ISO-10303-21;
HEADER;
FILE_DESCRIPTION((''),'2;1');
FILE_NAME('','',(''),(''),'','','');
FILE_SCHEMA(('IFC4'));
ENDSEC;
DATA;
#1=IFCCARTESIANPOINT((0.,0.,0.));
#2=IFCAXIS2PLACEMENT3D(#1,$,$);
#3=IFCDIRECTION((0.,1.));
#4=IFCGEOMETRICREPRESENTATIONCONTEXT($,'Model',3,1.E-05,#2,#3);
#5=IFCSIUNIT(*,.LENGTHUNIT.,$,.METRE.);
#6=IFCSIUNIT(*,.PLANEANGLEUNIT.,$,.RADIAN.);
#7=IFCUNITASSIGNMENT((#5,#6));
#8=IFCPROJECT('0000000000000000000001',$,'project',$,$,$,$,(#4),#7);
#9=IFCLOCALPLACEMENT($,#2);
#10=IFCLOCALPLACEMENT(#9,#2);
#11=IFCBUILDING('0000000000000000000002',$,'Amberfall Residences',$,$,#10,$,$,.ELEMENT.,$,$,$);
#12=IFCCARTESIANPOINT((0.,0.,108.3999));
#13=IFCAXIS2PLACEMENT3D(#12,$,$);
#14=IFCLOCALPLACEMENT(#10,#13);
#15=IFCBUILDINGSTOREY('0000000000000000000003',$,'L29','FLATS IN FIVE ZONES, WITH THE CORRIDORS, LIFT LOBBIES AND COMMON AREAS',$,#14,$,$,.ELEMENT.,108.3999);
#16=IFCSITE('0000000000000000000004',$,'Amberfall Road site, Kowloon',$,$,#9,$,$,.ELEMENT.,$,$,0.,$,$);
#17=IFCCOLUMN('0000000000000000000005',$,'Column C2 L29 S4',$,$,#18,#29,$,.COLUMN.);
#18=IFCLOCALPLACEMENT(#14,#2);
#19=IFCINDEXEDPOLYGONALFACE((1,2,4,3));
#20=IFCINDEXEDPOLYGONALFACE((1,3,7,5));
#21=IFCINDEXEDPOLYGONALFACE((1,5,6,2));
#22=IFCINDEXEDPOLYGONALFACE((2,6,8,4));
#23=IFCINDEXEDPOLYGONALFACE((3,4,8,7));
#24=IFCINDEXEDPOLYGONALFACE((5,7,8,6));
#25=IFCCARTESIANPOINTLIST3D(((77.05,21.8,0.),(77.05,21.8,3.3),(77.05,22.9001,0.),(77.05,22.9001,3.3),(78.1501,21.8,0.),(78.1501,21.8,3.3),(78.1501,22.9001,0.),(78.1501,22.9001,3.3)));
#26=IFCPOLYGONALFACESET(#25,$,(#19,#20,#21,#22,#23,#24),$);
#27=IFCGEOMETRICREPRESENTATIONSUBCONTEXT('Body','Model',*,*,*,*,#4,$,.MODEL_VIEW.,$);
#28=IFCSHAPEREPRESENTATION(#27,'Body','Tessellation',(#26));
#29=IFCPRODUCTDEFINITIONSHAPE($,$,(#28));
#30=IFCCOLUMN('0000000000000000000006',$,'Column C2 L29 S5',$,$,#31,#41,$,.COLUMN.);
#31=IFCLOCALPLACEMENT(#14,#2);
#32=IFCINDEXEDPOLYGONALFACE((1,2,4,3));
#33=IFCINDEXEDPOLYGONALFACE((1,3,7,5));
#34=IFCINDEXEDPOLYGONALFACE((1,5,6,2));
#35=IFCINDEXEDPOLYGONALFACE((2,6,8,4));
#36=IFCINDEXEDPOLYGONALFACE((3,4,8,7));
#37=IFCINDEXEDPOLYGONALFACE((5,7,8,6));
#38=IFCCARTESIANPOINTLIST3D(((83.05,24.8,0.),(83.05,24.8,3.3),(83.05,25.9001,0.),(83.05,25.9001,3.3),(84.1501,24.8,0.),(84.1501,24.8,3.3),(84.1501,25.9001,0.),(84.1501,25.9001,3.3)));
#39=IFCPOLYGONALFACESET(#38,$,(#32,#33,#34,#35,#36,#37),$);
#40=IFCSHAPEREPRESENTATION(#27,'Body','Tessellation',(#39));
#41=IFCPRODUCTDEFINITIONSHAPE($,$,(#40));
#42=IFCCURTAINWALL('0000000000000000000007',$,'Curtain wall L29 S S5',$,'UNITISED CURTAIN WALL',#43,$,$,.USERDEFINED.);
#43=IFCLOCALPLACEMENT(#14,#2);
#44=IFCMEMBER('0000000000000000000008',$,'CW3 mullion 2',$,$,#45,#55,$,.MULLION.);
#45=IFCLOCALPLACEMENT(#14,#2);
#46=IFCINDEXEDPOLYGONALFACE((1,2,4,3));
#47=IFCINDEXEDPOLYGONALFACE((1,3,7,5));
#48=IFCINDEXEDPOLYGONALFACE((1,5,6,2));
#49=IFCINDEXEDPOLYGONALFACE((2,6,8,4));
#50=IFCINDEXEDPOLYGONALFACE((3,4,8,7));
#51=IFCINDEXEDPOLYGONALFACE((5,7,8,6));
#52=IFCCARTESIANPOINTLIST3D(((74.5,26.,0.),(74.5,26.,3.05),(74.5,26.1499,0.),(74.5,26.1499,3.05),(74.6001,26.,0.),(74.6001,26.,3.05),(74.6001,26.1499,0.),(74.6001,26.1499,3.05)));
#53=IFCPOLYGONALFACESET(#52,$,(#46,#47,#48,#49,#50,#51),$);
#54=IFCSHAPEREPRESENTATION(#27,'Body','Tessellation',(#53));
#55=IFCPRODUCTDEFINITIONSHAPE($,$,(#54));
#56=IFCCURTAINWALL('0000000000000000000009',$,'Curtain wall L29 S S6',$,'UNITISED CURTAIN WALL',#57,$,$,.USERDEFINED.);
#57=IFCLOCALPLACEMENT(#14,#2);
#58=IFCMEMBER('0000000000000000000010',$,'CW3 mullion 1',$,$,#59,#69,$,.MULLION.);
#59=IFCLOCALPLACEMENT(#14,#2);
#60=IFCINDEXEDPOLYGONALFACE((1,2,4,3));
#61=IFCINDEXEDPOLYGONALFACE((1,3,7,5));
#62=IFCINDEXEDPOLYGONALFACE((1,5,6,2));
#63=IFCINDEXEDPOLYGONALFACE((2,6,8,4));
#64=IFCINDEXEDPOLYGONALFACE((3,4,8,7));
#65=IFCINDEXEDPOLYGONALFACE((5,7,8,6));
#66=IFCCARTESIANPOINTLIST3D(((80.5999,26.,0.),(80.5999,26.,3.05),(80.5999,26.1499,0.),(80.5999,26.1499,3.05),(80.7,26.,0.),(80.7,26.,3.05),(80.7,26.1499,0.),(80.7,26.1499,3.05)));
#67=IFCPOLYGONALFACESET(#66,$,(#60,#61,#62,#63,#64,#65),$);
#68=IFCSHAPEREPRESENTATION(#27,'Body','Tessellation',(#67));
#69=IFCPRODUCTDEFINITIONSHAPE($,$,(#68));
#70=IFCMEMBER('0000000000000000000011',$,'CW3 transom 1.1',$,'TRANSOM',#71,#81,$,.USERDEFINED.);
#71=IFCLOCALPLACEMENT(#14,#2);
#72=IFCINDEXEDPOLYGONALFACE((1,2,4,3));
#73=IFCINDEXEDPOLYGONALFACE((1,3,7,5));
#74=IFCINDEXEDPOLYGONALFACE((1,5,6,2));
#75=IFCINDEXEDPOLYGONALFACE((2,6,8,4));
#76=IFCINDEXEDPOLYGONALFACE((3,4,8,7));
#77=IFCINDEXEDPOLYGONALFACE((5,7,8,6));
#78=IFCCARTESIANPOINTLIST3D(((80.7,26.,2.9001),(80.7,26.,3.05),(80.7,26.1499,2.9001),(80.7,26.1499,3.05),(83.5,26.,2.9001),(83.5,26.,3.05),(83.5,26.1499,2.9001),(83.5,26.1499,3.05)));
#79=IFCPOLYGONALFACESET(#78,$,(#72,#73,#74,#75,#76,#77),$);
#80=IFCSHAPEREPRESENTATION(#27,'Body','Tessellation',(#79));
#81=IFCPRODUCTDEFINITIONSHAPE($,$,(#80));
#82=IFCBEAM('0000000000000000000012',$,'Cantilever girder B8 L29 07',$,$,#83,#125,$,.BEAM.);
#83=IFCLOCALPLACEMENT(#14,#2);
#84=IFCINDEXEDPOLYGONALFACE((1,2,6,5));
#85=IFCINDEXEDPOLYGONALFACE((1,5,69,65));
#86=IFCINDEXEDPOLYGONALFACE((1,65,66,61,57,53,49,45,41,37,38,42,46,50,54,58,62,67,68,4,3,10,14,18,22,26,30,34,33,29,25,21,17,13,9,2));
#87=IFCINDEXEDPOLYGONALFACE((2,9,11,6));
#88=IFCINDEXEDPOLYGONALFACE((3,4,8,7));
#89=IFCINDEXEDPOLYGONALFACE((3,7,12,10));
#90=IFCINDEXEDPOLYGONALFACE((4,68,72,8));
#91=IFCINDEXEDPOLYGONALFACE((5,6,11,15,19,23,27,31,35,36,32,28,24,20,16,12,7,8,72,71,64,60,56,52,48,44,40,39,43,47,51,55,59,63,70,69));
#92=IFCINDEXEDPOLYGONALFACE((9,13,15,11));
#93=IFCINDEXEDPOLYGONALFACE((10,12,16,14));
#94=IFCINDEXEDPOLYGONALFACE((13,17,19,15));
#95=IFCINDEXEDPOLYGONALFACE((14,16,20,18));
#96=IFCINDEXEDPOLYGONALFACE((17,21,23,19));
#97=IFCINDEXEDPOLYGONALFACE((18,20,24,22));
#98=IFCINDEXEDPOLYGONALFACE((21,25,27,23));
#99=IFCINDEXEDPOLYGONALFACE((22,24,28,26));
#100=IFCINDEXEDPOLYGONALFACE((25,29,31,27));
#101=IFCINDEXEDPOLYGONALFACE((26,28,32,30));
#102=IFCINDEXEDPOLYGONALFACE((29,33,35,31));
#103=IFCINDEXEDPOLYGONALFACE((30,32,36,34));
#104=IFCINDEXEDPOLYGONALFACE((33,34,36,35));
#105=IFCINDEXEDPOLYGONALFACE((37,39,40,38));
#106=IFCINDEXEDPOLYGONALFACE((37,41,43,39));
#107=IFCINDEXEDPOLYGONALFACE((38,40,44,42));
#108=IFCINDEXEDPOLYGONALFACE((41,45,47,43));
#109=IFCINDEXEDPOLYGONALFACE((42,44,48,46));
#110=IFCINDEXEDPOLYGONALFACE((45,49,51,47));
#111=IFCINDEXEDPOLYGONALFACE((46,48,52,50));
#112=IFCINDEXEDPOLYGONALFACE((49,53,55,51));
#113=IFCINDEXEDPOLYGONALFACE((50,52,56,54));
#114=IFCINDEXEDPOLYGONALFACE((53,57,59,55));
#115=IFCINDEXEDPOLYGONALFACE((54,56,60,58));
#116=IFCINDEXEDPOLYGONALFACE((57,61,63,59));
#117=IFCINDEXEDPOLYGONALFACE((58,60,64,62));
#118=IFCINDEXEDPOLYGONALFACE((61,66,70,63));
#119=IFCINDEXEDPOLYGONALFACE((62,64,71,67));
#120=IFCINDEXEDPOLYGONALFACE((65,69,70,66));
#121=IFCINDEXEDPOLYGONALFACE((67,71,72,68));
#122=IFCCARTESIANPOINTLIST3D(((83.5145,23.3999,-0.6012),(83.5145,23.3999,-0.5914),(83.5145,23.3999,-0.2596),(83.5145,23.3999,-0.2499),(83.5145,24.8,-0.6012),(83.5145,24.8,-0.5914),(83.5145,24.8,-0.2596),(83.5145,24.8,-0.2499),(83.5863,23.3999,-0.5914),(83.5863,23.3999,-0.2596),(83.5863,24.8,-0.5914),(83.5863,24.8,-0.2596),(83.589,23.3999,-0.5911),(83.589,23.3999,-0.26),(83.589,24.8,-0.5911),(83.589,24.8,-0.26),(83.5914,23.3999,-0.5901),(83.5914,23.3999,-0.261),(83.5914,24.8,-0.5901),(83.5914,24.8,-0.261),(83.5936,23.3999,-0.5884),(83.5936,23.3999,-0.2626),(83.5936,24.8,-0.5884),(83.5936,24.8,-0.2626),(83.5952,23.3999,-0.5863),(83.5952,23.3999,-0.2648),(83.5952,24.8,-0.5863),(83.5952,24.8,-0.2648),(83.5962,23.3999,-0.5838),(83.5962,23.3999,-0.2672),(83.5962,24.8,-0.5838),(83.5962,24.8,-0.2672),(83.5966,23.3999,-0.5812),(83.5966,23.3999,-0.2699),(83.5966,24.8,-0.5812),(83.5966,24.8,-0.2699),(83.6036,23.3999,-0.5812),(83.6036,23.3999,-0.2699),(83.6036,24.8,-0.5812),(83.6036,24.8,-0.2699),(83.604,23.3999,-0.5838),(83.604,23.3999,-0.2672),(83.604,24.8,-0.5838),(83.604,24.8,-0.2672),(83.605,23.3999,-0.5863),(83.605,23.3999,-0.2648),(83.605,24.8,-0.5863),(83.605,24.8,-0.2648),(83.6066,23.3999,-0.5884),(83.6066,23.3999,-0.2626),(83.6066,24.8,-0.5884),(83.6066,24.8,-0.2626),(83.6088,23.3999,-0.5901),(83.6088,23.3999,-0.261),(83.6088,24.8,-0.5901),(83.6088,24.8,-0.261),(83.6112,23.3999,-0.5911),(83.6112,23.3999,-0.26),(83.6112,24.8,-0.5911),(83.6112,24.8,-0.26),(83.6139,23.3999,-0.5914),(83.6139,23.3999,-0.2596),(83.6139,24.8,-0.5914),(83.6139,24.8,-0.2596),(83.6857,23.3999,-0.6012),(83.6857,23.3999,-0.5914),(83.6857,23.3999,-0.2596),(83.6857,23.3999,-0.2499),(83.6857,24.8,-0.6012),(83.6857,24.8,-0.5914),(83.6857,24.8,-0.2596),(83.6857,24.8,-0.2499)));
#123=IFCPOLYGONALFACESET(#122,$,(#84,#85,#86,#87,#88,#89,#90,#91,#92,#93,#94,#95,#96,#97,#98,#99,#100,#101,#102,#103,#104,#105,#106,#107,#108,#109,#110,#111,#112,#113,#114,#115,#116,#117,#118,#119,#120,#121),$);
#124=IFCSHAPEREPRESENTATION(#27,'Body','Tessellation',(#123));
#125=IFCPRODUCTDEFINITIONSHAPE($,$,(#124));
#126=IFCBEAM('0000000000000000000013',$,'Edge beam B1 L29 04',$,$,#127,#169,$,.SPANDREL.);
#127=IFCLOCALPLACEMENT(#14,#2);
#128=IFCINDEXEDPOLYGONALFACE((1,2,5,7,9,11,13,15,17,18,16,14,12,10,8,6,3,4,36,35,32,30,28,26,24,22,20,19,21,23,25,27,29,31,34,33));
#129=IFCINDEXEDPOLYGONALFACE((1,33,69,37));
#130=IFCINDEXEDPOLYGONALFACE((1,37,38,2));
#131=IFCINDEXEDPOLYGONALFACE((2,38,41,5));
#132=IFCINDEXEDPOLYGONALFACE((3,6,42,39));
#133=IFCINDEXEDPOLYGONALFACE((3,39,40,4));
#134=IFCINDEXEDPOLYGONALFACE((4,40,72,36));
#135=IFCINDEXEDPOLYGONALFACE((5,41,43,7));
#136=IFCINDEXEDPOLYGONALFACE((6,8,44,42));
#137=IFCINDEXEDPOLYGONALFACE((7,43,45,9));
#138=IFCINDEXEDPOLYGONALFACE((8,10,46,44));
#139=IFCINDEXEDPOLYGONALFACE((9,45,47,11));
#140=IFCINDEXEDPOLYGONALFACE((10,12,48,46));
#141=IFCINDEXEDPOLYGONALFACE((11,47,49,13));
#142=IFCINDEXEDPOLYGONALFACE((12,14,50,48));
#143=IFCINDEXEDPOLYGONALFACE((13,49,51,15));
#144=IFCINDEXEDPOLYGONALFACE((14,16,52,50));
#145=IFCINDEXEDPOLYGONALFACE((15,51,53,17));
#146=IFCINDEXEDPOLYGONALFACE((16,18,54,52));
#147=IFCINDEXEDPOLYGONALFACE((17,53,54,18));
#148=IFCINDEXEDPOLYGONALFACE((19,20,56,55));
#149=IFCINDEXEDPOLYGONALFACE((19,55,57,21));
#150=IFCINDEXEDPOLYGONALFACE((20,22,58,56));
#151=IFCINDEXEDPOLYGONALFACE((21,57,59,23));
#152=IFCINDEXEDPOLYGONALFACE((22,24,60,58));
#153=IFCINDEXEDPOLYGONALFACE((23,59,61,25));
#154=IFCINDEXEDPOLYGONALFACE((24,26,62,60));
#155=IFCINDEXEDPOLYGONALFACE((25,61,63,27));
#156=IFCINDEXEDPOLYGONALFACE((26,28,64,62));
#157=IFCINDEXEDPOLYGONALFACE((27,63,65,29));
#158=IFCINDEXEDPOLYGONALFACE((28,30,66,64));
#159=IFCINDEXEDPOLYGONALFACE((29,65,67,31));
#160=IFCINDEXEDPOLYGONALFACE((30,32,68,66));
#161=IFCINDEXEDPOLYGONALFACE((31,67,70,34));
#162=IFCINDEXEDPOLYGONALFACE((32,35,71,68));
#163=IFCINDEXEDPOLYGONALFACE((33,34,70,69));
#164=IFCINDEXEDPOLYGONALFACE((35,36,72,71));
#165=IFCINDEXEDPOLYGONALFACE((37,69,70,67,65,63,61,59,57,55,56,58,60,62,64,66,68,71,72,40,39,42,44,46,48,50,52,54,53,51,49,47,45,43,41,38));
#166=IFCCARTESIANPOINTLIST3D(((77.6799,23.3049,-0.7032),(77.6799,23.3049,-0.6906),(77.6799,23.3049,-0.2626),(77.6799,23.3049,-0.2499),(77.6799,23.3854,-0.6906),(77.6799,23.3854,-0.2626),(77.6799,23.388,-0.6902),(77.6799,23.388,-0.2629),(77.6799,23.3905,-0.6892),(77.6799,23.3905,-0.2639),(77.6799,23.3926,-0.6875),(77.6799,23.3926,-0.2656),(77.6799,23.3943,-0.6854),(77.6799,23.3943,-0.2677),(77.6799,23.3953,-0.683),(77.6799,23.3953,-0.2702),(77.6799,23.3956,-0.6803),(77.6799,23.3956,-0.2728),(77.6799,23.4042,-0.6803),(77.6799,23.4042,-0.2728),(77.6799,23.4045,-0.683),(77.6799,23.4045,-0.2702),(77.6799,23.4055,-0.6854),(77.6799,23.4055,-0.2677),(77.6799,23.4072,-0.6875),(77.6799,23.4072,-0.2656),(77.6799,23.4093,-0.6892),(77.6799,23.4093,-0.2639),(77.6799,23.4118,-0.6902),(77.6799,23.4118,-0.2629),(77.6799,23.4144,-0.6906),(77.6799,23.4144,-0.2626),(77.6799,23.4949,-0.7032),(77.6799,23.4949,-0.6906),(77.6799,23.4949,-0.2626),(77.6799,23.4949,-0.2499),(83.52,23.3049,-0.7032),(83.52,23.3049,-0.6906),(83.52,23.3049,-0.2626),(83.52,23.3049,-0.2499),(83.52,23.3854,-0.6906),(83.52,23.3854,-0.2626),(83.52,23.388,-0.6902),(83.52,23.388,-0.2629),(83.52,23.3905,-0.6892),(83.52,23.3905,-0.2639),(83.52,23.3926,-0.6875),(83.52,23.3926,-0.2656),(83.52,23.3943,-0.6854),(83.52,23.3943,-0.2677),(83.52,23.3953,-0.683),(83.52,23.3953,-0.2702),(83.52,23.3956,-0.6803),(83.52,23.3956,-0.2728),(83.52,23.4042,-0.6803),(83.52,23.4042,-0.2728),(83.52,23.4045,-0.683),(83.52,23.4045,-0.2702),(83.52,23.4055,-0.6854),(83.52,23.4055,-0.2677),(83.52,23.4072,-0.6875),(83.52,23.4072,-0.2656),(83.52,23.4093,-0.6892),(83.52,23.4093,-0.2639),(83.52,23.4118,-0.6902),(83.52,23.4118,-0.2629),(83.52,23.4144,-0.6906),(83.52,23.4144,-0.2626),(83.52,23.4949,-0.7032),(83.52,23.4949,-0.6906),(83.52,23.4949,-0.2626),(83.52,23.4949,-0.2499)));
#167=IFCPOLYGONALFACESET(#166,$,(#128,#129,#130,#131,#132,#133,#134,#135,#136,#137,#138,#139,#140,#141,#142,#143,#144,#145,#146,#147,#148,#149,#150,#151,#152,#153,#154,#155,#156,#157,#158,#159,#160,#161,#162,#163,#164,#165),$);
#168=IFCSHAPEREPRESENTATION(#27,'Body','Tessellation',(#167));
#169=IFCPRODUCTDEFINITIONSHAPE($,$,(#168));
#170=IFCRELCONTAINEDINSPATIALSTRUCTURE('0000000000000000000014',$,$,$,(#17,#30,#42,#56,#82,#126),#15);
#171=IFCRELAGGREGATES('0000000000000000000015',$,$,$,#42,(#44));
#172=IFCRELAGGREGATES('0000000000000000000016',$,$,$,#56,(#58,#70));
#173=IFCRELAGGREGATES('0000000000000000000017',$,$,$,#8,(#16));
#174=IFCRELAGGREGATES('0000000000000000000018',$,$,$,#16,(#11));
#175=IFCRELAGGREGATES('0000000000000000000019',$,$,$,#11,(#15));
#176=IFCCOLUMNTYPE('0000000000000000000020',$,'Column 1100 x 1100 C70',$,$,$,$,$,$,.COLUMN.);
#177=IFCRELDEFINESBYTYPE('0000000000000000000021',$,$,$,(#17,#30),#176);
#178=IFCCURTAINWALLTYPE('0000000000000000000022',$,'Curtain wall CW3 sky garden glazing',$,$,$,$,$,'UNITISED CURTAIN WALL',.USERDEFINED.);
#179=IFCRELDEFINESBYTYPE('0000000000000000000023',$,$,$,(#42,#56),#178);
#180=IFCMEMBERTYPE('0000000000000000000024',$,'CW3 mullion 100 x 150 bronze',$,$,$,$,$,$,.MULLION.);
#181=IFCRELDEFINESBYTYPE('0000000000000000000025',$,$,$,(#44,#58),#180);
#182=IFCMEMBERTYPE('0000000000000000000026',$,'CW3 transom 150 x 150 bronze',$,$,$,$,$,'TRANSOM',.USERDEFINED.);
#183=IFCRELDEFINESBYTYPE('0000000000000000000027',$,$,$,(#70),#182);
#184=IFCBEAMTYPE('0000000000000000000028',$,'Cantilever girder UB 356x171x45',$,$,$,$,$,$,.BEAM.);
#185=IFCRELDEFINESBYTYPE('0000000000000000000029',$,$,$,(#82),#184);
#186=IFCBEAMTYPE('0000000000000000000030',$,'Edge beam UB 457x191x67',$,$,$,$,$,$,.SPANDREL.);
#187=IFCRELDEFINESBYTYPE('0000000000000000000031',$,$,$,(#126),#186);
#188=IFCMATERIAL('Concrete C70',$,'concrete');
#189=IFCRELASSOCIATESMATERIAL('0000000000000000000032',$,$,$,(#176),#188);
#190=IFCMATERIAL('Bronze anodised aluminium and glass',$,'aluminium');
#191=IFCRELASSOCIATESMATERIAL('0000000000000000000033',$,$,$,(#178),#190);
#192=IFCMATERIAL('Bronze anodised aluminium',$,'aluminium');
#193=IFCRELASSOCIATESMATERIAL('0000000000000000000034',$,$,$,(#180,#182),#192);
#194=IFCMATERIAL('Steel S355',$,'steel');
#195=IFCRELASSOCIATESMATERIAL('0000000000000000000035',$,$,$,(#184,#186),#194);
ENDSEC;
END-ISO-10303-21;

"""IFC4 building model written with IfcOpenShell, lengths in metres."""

from ifc_helpers import new_model, si_unit, direction, frame, origin, origin_2d, place, context, subcontext, project, spatial, rectangle, i_section, extrude, material, material_profile, profile_set, type_object, element, aggregate, save


model = new_model("IFC4")

# Units and contexts
model_context = context("Model", 3, precision=1e-05, world=origin(), true_north=direction((0.0, 1.0)))
body_context = subcontext(model_context, "Body", "Model", "MODEL_VIEW")
ifc_project = project(units=[si_unit("LENGTHUNIT", "METRE"), si_unit("PLANEANGLEUNIT", "RADIAN")], contexts=[model_context])

# Site, building, storey
site_placement = place(None, origin())
site = spatial("IfcSite", under=ifc_project, at=site_placement, Name="Amberfall Road site, Kowloon", CompositionType="ELEMENT", RefElevation=0.0)
building_placement = place(site_placement, origin())
building = spatial("IfcBuilding", under=site, at=building_placement, Name="Amberfall Residences", CompositionType="ELEMENT")
storey_placement = place(building_placement, frame((0.0, 0.0, 108.3999)))
storey = spatial("IfcBuildingStorey", under=building, at=storey_placement, Name="L29", Description="FLATS IN FIVE ZONES, WITH THE CORRIDORS, LIFT LOBBIES AND COMMON AREAS", CompositionType="ELEMENT", Elevation=108.3999)

# Columns
ifc_material_1 = material(Name="Concrete C70", Category="concrete")
ifc_material_profile_1 = material_profile(ifc_material_1, rectangle(XDim=1.1001, YDim=1.1001, at=origin_2d()), Name="Column 1100 x 1100 C70")
ifc_profile_set_1 = profile_set([ifc_material_profile_1], Name="Concrete C70")
column_type = type_object("IfcColumnType", Name="Column 1100 x 1100 C70", PredefinedType="COLUMN", material=ifc_profile_set_1)
for number, where, z_axis, x_axis, name in (
    (1, (77.6001, 22.3501, 0.0), (0.0, 0.0, 1.0), (1.0, 0.0, 0.0), "Column C2 L29 S4"),
    (2, (83.6001, 25.3501, 0.0), (0.0, 0.0, 1.0), (1.0, 0.0, 0.0), "Column C2 L29 S5"),
):
    element("IfcColumn", number, at=place(storey_placement, frame(where, z_axis=z_axis, x_axis=x_axis)), inside=storey, type_object=column_type, Name=name, PredefinedType="COLUMN", context=body_context, shape_type="SweptSolid", body=[
        extrude(rectangle(XDim=1.1001, YDim=1.1001, at=origin_2d()), origin(), (0.0, 0.0, 1.0), 3.3),
    ])

# Curtain wall, member
ifc_material_2 = material(Name="Bronze anodised aluminium and glass", Category="aluminium")
curtain_wall_type = type_object("IfcCurtainWallType", Name="Curtain wall CW3 sky garden glazing", ElementType="UNITISED CURTAIN WALL", PredefinedType="USERDEFINED", material=ifc_material_2)
curtain_wall_1_placement = place(storey_placement, origin())
curtain_wall_1 = element("IfcCurtainWall", 3, at=curtain_wall_1_placement, inside=storey, type_object=curtain_wall_type, Name="Curtain wall L29 S S5", ObjectType="UNITISED CURTAIN WALL", PredefinedType="USERDEFINED")
ifc_material_3 = material(Name="Bronze anodised aluminium", Category="aluminium")
ifc_material_profile_2 = material_profile(ifc_material_3, rectangle(XDim=0.1499, YDim=0.1001, at=origin_2d()), Name="CW3 mullion 100 x 150 bronze")
ifc_profile_set_2 = profile_set([ifc_material_profile_2], Name="Bronze anodised aluminium")
member_type_1 = type_object("IfcMemberType", Name="CW3 mullion 100 x 150 bronze", PredefinedType="MULLION", material=ifc_profile_set_2)
member_1_placement = place(storey_placement, frame((74.55, 26.075, 0.0), z_axis=(0.0, 0.0, 1.0), x_axis=(0.0, 1.0, 0.0)))
member_1 = element("IfcMember", 4, at=member_1_placement, type_object=member_type_1, Name="CW3 mullion 2", PredefinedType="MULLION", context=body_context, shape_type="SweptSolid", body=[
    extrude(rectangle(XDim=0.1499, YDim=0.1001, at=origin_2d()), origin(), (0.0, 0.0, 1.0), 3.05),
])
aggregate(curtain_wall_1, [member_1])

# Curtain wall, members
curtain_wall_2_placement = place(storey_placement, origin())
curtain_wall_2 = element("IfcCurtainWall", 5, at=curtain_wall_2_placement, inside=storey, type_object=curtain_wall_type, Name="Curtain wall L29 S S6", ObjectType="UNITISED CURTAIN WALL", PredefinedType="USERDEFINED")
member_2_placement = place(storey_placement, frame((80.6499, 26.075, 0.0), z_axis=(0.0, 0.0, 1.0), x_axis=(0.0, 1.0, 0.0)))
member_2 = element("IfcMember", 6, at=member_2_placement, type_object=member_type_1, Name="CW3 mullion 1", PredefinedType="MULLION", context=body_context, shape_type="SweptSolid", body=[
    extrude(rectangle(XDim=0.1499, YDim=0.1001, at=origin_2d()), origin(), (0.0, 0.0, 1.0), 3.05),
])
ifc_material_profile_3 = material_profile(ifc_material_3, rectangle(XDim=0.1499, YDim=0.1499, at=origin_2d()), Name="CW3 transom 150 x 150 bronze")
ifc_profile_set_3 = profile_set([ifc_material_profile_3], Name="Bronze anodised aluminium")
member_type_2 = type_object("IfcMemberType", Name="CW3 transom 150 x 150 bronze", ElementType="TRANSOM", PredefinedType="USERDEFINED", material=ifc_profile_set_3)
member_3_placement = place(storey_placement, frame((80.7, 26.075, 2.9751), z_axis=(1.0, 0.0, 0.0), x_axis=(0.0, 1.0, 0.0)))
member_3 = element("IfcMember", 7, at=member_3_placement, type_object=member_type_2, Name="CW3 transom 1.1", ObjectType="TRANSOM", PredefinedType="USERDEFINED", context=body_context, shape_type="SweptSolid", body=[
    extrude(rectangle(XDim=0.1499, YDim=0.1499, at=origin_2d()), origin(), (0.0, 0.0, 1.0), 2.8),
])
aggregate(curtain_wall_2, [member_2, member_3])

# Beams
ifc_material_4 = material(Name="Steel S355", Category="steel")
ifc_material_profile_4 = material_profile(ifc_material_4, i_section(OverallWidth=0.1711, OverallDepth=0.3513, WebThickness=0.0071, FlangeThickness=0.0098, FilletRadius=0.0103, at=origin_2d()), Name="UB 356x171x45")
ifc_profile_set_4 = profile_set([ifc_material_profile_4], Name="Steel S355")
beam_type_1 = type_object("IfcBeamType", Name="Cantilever girder UB 356x171x45", PredefinedType="BEAM", material=ifc_profile_set_4)
beam_1_placement = place(storey_placement, frame((83.6001, 24.8, -0.4255), z_axis=(0.0, -1.0, 0.0), x_axis=(1.0, 0.0, 0.0)))
element("IfcBeam", 8, at=beam_1_placement, inside=storey, type_object=beam_type_1, Name="Cantilever girder B8 L29 07", PredefinedType="BEAM", context=body_context, shape_type="SweptSolid", body=[
    extrude(i_section(OverallWidth=0.1711, OverallDepth=0.3513, WebThickness=0.0071, FlangeThickness=0.0098, FilletRadius=0.0103, at=origin_2d()), origin(), (0.0, 0.0, 1.0), 1.4001),
])
ifc_material_profile_5 = material_profile(ifc_material_4, i_section(OverallWidth=0.1899, OverallDepth=0.4534, WebThickness=0.0085, FlangeThickness=0.0127, FilletRadius=0.0103, at=origin_2d()), Name="UB 457x191x67")
ifc_profile_set_5 = profile_set([ifc_material_profile_5], Name="Steel S355")
beam_type_2 = type_object("IfcBeamType", Name="Edge beam UB 457x191x67", PredefinedType="SPANDREL", material=ifc_profile_set_5)
beam_2_placement = place(storey_placement, frame((77.6799, 23.3999, -0.4766), z_axis=(1.0, 0.0, 0.0), x_axis=(0.0, 1.0, 0.0)))
element("IfcBeam", 9, at=beam_2_placement, inside=storey, type_object=beam_type_2, Name="Edge beam B1 L29 04", PredefinedType="SPANDREL", context=body_context, shape_type="SweptSolid", body=[
    extrude(i_section(OverallWidth=0.1899, OverallDepth=0.4534, WebThickness=0.0085, FlangeThickness=0.0127, FilletRadius=0.0103, at=origin_2d()), origin(), (0.0, 0.0, 1.0), 5.8401),
])

save(model, "model.ifc")
